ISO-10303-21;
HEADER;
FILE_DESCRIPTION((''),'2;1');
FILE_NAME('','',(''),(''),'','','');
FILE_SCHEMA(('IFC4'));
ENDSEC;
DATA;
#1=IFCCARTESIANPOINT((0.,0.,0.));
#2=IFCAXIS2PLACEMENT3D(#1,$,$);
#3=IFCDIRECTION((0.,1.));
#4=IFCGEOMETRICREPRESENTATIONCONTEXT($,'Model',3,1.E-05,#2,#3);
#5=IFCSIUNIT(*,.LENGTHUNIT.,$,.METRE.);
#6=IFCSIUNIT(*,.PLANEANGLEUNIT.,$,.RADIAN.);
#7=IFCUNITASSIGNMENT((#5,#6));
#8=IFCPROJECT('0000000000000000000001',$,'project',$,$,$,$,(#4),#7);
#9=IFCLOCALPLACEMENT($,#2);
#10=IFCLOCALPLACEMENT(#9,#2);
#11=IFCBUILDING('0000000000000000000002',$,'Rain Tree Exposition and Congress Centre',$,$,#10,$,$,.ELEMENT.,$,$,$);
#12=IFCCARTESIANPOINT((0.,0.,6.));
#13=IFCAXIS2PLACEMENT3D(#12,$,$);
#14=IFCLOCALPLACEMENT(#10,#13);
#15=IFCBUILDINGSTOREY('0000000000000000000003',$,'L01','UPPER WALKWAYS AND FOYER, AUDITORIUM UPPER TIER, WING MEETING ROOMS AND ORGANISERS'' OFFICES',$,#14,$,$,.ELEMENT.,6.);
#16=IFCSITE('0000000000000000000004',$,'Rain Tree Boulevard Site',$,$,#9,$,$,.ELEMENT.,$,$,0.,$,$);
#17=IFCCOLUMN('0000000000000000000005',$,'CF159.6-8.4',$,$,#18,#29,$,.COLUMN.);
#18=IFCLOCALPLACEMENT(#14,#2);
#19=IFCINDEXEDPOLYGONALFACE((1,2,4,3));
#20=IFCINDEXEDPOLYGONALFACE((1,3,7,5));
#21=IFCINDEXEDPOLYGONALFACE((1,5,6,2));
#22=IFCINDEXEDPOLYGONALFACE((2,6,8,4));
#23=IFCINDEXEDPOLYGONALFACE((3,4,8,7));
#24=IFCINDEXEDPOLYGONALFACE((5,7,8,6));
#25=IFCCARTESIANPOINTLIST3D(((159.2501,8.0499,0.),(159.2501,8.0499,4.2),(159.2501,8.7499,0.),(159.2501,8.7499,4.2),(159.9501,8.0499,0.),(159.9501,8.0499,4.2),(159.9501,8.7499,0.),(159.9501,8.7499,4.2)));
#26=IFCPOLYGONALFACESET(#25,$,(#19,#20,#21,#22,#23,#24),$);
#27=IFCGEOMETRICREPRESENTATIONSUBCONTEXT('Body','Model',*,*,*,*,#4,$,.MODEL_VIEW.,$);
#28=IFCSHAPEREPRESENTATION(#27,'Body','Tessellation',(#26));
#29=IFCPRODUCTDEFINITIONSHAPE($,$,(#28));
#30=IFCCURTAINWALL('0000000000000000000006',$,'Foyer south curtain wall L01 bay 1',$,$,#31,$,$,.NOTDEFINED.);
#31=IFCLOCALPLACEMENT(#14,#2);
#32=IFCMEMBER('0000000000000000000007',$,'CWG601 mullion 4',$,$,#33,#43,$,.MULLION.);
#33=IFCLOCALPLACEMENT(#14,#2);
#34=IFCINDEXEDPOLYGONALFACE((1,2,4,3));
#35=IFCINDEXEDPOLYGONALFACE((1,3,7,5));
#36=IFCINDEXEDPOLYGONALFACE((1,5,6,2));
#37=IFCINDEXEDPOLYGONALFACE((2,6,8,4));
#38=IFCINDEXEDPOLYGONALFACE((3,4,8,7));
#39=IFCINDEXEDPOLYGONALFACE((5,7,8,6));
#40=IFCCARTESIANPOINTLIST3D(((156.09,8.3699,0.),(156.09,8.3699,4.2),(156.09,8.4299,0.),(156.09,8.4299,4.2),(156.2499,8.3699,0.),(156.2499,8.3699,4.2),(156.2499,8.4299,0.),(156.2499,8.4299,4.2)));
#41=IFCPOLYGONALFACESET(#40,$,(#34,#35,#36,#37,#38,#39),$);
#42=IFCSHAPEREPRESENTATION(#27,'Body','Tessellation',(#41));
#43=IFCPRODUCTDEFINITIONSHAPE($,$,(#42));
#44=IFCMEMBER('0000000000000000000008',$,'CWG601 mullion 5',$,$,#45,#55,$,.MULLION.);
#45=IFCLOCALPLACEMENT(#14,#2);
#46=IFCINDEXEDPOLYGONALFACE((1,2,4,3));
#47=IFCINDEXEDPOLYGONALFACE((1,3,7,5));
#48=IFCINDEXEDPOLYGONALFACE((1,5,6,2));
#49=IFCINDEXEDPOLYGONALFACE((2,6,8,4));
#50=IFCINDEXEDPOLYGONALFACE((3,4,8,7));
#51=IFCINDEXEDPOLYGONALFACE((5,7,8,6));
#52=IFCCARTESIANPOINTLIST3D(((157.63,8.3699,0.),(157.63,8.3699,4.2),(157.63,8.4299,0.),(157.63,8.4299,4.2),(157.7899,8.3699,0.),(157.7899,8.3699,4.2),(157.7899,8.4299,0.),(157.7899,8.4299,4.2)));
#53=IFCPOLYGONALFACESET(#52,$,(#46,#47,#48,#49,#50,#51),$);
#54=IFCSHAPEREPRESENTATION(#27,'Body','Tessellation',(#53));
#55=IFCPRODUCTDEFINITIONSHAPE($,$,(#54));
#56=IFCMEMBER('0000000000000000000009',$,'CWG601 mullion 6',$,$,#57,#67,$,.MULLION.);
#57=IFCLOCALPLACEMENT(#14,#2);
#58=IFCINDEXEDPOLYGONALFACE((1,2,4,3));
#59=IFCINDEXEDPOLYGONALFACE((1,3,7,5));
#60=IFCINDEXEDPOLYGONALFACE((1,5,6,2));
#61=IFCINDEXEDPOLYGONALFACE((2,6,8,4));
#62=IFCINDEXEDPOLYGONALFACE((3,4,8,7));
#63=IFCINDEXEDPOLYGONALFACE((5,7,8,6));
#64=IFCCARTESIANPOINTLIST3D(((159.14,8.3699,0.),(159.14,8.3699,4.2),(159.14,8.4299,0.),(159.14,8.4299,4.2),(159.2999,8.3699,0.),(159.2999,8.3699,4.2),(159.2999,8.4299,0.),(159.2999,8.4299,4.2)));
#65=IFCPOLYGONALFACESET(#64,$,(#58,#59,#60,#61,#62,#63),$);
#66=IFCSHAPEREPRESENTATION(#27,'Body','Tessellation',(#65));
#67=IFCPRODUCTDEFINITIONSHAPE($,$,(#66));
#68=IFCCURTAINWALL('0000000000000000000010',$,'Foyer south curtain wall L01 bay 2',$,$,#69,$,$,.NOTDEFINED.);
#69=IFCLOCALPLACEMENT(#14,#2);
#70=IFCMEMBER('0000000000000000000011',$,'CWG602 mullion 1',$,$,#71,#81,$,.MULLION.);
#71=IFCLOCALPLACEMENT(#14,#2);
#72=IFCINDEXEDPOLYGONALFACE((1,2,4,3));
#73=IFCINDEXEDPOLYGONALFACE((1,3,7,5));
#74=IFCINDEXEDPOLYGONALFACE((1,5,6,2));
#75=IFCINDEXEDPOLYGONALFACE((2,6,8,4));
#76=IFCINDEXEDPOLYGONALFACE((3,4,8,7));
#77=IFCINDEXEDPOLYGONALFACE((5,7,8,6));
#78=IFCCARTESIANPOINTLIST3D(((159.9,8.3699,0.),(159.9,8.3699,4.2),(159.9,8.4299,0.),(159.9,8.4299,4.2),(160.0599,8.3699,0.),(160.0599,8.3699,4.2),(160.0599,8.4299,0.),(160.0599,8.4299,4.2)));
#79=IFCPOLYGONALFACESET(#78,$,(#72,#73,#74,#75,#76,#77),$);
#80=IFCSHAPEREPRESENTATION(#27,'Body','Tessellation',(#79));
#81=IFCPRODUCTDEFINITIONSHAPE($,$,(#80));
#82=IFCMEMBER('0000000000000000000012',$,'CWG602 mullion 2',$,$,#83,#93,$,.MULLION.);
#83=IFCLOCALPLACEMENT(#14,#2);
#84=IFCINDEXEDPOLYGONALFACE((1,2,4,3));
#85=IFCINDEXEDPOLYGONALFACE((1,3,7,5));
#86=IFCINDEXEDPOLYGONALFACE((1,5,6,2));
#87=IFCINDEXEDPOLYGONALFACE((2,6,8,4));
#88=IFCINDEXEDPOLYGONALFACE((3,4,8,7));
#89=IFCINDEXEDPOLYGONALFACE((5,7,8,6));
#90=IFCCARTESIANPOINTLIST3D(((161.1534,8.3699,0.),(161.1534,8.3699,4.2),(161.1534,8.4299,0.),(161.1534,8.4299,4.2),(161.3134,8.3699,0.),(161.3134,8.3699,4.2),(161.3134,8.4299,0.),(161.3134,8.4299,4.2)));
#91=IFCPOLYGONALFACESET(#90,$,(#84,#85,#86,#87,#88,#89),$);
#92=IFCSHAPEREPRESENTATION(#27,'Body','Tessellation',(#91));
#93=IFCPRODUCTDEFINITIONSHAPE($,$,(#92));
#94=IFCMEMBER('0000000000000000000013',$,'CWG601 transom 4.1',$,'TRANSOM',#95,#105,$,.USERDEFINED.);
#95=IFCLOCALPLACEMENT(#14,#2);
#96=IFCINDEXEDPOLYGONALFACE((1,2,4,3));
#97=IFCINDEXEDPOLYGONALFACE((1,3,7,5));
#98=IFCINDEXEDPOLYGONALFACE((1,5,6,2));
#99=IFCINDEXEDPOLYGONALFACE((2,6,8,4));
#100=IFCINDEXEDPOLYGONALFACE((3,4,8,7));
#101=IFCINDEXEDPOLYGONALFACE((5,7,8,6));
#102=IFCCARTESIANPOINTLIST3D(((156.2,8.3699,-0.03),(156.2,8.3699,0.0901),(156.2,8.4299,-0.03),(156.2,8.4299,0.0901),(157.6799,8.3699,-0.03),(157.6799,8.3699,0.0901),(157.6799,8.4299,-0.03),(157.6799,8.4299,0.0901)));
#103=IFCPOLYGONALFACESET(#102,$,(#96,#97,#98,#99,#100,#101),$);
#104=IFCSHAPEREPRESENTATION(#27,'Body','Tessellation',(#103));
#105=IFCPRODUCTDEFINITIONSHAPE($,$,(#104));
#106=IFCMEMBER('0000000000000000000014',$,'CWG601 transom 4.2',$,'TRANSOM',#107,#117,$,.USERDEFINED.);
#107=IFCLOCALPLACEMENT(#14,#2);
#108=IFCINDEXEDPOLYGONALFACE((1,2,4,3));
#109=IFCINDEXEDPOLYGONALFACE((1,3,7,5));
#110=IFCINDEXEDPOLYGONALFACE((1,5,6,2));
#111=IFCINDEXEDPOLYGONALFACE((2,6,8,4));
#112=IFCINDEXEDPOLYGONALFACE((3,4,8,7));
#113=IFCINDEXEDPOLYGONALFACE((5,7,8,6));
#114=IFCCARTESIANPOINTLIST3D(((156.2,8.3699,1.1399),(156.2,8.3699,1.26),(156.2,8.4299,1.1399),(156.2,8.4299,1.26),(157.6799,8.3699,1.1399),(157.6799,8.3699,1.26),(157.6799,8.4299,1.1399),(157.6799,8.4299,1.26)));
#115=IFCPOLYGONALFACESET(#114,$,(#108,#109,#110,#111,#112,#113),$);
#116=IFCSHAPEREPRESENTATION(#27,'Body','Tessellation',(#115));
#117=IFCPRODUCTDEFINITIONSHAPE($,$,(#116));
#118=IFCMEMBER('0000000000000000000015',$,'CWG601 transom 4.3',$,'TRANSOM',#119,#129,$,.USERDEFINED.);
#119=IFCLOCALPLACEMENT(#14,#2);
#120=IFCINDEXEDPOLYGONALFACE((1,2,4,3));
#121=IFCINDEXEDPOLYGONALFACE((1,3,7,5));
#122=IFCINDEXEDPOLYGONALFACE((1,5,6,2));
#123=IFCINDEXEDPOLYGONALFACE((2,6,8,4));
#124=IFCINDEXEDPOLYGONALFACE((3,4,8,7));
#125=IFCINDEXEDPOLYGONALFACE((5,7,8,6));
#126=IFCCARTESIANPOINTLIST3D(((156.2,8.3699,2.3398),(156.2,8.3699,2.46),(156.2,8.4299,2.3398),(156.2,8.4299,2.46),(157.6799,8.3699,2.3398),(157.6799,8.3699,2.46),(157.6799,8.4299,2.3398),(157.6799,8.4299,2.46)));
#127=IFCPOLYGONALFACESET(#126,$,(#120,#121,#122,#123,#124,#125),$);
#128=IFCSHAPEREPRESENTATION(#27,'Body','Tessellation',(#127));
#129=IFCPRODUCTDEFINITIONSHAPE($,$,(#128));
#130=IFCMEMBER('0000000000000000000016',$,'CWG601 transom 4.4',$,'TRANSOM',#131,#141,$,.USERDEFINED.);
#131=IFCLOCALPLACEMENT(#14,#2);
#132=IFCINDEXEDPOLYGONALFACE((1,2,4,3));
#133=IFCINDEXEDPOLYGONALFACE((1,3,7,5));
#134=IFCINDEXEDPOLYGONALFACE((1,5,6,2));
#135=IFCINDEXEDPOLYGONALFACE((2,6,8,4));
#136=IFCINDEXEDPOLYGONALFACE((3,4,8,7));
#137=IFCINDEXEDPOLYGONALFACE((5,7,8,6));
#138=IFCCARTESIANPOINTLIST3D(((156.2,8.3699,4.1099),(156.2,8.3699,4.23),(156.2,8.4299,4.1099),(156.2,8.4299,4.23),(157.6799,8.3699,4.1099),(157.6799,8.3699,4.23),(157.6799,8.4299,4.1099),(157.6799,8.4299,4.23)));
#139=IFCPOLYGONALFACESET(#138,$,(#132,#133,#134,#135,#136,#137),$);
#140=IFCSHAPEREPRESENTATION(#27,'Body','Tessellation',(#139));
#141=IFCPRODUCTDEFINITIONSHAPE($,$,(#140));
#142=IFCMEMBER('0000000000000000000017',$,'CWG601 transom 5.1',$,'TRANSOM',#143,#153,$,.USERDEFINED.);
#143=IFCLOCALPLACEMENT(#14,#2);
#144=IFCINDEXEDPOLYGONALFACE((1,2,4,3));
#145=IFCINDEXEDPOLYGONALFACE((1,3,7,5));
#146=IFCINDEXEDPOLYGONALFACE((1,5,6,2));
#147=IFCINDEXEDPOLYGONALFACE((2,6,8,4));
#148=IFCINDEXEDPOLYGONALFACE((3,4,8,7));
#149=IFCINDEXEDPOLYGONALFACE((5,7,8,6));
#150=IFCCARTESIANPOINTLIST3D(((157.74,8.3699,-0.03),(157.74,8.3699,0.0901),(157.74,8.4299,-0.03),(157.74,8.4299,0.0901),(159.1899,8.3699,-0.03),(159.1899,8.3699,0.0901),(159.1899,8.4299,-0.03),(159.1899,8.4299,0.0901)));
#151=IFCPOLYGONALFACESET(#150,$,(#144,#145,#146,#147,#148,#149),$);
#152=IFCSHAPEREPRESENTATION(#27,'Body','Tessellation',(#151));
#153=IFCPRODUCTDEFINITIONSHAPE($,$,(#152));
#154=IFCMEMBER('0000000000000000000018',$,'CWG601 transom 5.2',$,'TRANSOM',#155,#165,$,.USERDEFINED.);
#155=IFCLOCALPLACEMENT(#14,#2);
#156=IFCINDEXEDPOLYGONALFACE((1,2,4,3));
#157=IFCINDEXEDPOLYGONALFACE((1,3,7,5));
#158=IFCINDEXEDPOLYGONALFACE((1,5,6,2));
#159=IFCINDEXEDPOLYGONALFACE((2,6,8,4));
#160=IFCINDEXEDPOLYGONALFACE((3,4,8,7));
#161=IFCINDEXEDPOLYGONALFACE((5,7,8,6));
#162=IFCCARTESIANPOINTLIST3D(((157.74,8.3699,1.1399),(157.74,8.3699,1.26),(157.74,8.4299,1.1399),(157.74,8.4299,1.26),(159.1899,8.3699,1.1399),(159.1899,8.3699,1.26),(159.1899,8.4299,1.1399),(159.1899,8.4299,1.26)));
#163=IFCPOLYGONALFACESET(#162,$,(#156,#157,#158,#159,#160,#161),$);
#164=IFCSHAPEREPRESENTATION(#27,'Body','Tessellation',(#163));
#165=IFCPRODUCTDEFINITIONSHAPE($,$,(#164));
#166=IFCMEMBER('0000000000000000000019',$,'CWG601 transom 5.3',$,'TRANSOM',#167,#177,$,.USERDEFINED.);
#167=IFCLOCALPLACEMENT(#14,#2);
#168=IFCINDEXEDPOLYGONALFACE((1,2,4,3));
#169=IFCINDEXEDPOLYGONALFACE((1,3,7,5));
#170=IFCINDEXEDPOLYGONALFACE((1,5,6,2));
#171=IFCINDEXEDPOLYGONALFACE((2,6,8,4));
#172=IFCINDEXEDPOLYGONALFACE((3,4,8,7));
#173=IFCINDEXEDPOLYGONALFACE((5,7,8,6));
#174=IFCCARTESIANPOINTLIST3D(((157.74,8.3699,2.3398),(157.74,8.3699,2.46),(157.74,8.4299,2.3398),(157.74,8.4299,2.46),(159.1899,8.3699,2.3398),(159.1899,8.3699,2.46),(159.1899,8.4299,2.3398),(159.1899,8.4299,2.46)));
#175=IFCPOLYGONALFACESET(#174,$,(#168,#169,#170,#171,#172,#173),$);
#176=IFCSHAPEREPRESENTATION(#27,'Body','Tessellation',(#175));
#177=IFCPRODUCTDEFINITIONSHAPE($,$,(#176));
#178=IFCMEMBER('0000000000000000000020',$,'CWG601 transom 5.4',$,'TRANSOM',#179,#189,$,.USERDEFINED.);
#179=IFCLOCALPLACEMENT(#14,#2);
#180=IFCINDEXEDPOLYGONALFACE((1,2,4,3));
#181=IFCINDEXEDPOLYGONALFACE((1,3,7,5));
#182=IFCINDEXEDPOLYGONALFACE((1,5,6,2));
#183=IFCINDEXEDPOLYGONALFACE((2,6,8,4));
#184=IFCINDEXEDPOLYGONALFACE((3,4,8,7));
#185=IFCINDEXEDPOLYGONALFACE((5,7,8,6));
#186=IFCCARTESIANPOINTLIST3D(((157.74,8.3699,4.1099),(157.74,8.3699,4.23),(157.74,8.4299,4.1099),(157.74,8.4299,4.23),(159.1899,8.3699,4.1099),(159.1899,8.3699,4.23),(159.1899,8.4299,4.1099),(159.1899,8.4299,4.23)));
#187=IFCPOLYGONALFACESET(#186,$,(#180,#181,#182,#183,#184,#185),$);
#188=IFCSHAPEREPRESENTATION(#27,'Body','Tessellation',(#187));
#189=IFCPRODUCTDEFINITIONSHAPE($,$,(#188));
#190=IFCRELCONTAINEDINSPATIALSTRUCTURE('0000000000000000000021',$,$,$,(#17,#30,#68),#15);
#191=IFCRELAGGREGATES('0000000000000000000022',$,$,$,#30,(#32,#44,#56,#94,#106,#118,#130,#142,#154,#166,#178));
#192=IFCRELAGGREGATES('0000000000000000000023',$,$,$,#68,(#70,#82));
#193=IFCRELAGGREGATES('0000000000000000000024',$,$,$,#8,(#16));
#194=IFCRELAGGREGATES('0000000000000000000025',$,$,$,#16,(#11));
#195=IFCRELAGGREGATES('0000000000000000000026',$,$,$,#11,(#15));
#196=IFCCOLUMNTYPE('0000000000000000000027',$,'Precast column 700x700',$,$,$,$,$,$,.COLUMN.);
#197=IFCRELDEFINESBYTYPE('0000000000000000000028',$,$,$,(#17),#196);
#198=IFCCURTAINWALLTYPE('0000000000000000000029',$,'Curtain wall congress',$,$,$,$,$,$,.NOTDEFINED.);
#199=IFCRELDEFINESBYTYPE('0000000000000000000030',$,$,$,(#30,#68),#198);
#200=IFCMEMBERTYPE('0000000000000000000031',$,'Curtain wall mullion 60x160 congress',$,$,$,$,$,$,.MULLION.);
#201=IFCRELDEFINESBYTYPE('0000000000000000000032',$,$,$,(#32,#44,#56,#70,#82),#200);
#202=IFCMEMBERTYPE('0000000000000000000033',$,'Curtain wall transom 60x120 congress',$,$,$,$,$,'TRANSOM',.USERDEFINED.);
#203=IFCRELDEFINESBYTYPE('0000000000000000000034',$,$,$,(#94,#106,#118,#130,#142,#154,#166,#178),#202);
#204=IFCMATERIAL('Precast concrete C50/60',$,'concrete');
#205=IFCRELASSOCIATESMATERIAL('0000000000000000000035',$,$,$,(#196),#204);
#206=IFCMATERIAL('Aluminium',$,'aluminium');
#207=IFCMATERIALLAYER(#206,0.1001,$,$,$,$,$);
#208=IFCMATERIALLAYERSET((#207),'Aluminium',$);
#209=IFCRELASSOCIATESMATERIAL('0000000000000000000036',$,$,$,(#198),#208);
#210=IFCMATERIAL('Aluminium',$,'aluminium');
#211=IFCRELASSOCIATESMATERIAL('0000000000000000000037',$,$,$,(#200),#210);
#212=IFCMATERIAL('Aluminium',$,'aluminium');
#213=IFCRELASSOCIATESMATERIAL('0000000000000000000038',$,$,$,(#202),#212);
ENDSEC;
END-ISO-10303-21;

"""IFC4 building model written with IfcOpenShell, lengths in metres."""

from ifc_helpers import new_model, si_unit, direction, frame, origin, origin_2d, place, context, subcontext, project, spatial, rectangle, extrude, material, layer, layer_set, material_profile, profile_set, type_object, element, aggregate, save


model = new_model("IFC4")

# Units and contexts
model_context = context("Model", 3, precision=1e-05, world=origin(), true_north=direction((0.0, 1.0)))
body_context = subcontext(model_context, "Body", "Model", "MODEL_VIEW")
ifc_project = project(units=[si_unit("LENGTHUNIT", "METRE"), si_unit("PLANEANGLEUNIT", "RADIAN")], contexts=[model_context])

# Site, building, storey
site_placement = place(None, origin())
site = spatial("IfcSite", under=ifc_project, at=site_placement, Name="Rain Tree Boulevard Site", CompositionType="ELEMENT", RefElevation=0.0)
building_placement = place(site_placement, origin())
building = spatial("IfcBuilding", under=site, at=building_placement, Name="Rain Tree Exposition and Congress Centre", CompositionType="ELEMENT")
storey_placement = place(building_placement, frame((0.0, 0.0, 6.0)))
storey = spatial("IfcBuildingStorey", under=building, at=storey_placement, Name="L01", Description="UPPER WALKWAYS AND FOYER, AUDITORIUM UPPER TIER, WING MEETING ROOMS AND ORGANISERS' OFFICES", CompositionType="ELEMENT", Elevation=6.0)

# Column
ifc_material_1 = material(Name="Precast concrete C50/60", Category="concrete")
ifc_material_profile_1 = material_profile(ifc_material_1, rectangle(XDim=0.7, YDim=0.7, at=origin_2d()), Name="RC 700x700")
ifc_profile_set_1 = profile_set([ifc_material_profile_1], Name="Precast concrete C50/60")
column_type = type_object("IfcColumnType", Name="Precast column 700x700", PredefinedType="COLUMN", material=ifc_profile_set_1)
column_placement = place(storey_placement, frame((159.6001, 8.3999, 0.0), z_axis=(0.0, 0.0, 1.0), x_axis=(1.0, 0.0, 0.0)))
element("IfcColumn", 1, at=column_placement, inside=storey, type_object=column_type, Name="CF159.6-8.4", PredefinedType="COLUMN", context=body_context, shape_type="SweptSolid", body=[
    extrude(rectangle(XDim=0.7, YDim=0.7, at=origin_2d()), origin(), (0.0, 0.0, 1.0), 4.2),
])

# Curtain walls, members
ifc_material_2 = material(Name="Aluminium", Category="aluminium")
ifc_layer_1 = layer(ifc_material_2, 0.1001)
ifc_layer_set_1 = layer_set([ifc_layer_1], Name="Aluminium")
curtain_wall_type = type_object("IfcCurtainWallType", Name="Curtain wall congress", PredefinedType="NOTDEFINED", material=ifc_layer_set_1)
curtain_wall_1_placement = place(storey_placement, origin())
curtain_wall_1 = element("IfcCurtainWall", 2, at=curtain_wall_1_placement, inside=storey, type_object=curtain_wall_type, Name="Foyer south curtain wall L01 bay 1", PredefinedType="NOTDEFINED")
ifc_material_3 = material(Name="Aluminium", Category="aluminium")
ifc_material_profile_2 = material_profile(ifc_material_3, rectangle(XDim=0.0601, YDim=0.1599, at=origin_2d()), Name="AL 60x160")
ifc_profile_set_2 = profile_set([ifc_material_profile_2], Name="Aluminium")
member_type_1 = type_object("IfcMemberType", Name="Curtain wall mullion 60x160 congress", PredefinedType="MULLION", material=ifc_profile_set_2)
member_1_placement = place(storey_placement, frame((156.1699, 8.3999, 0.0), z_axis=(0.0, 0.0, 1.0), x_axis=(0.0, 1.0, 0.0)))
member_1 = element("IfcMember", 3, at=member_1_placement, type_object=member_type_1, Name="CWG601 mullion 4", PredefinedType="MULLION", context=body_context, shape_type="SweptSolid", body=[
    extrude(rectangle(XDim=0.0601, YDim=0.1599, at=origin_2d()), origin(), (0.0, 0.0, 1.0), 4.2),
])
member_2_placement = place(storey_placement, frame((157.71, 8.3999, 0.0), z_axis=(0.0, 0.0, 1.0), x_axis=(0.0, 1.0, 0.0)))
member_2 = element("IfcMember", 4, at=member_2_placement, type_object=member_type_1, Name="CWG601 mullion 5", PredefinedType="MULLION", context=body_context, shape_type="SweptSolid", body=[
    extrude(rectangle(XDim=0.0601, YDim=0.1599, at=origin_2d()), origin(), (0.0, 0.0, 1.0), 4.2),
])
member_3_placement = place(storey_placement, frame((159.22, 8.3999, 0.0), z_axis=(0.0, 0.0, 1.0), x_axis=(0.0, 1.0, 0.0)))
member_3 = element("IfcMember", 5, at=member_3_placement, type_object=member_type_1, Name="CWG601 mullion 6", PredefinedType="MULLION", context=body_context, shape_type="SweptSolid", body=[
    extrude(rectangle(XDim=0.0601, YDim=0.1599, at=origin_2d()), origin(), (0.0, 0.0, 1.0), 4.2),
])
curtain_wall_2_placement = place(storey_placement, origin())
curtain_wall_2 = element("IfcCurtainWall", 6, at=curtain_wall_2_placement, inside=storey, type_object=curtain_wall_type, Name="Foyer south curtain wall L01 bay 2", PredefinedType="NOTDEFINED")
member_4_placement = place(storey_placement, frame((159.98, 8.3999, 0.0), z_axis=(0.0, 0.0, 1.0), x_axis=(0.0, 1.0, 0.0)))
member_4 = element("IfcMember", 7, at=member_4_placement, type_object=member_type_1, Name="CWG602 mullion 1", PredefinedType="MULLION", context=body_context, shape_type="SweptSolid", body=[
    extrude(rectangle(XDim=0.0601, YDim=0.1599, at=origin_2d()), origin(), (0.0, 0.0, 1.0), 4.2),
])
member_5_placement = place(storey_placement, frame((161.2334, 8.3999, 0.0), z_axis=(0.0, 0.0, 1.0), x_axis=(0.0, 1.0, 0.0)))
member_5 = element("IfcMember", 8, at=member_5_placement, type_object=member_type_1, Name="CWG602 mullion 2", PredefinedType="MULLION", context=body_context, shape_type="SweptSolid", body=[
    extrude(rectangle(XDim=0.0601, YDim=0.1599, at=origin_2d()), origin(), (0.0, 0.0, 1.0), 4.2),
])

# Members
ifc_material_4 = material(Name="Aluminium", Category="aluminium")
ifc_material_profile_3 = material_profile(ifc_material_4, rectangle(XDim=0.0601, YDim=0.1201, at=origin_2d()), Name="AL 60x120")
ifc_profile_set_3 = profile_set([ifc_material_profile_3], Name="Aluminium")
member_type_2 = type_object("IfcMemberType", Name="Curtain wall transom 60x120 congress", ElementType="TRANSOM", PredefinedType="USERDEFINED", material=ifc_profile_set_3)
member_6_placement = place(storey_placement, frame((156.2, 8.3999, 0.03), z_axis=(1.0, 0.0, 0.0), x_axis=(0.0, 1.0, 0.0)))
member_6 = element("IfcMember", 9, at=member_6_placement, type_object=member_type_2, Name="CWG601 transom 4.1", ObjectType="TRANSOM", PredefinedType="USERDEFINED", context=body_context, shape_type="SweptSolid", body=[
    extrude(rectangle(XDim=0.0601, YDim=0.1201, at=origin_2d()), origin(), (0.0, 0.0, 1.0), 1.48),
])
member_7_placement = place(storey_placement, frame((156.2, 8.3999, 1.2), z_axis=(1.0, 0.0, 0.0), x_axis=(0.0, 1.0, 0.0)))
member_7 = element("IfcMember", 10, at=member_7_placement, type_object=member_type_2, Name="CWG601 transom 4.2", ObjectType="TRANSOM", PredefinedType="USERDEFINED", context=body_context, shape_type="SweptSolid", body=[
    extrude(rectangle(XDim=0.0601, YDim=0.1201, at=origin_2d()), origin(), (0.0, 0.0, 1.0), 1.48),
])
member_8_placement = place(storey_placement, frame((156.2, 8.3999, 2.3999), z_axis=(1.0, 0.0, 0.0), x_axis=(0.0, 1.0, 0.0)))
member_8 = element("IfcMember", 11, at=member_8_placement, type_object=member_type_2, Name="CWG601 transom 4.3", ObjectType="TRANSOM", PredefinedType="USERDEFINED", context=body_context, shape_type="SweptSolid", body=[
    extrude(rectangle(XDim=0.0601, YDim=0.1201, at=origin_2d()), origin(), (0.0, 0.0, 1.0), 1.48),
])
member_9_placement = place(storey_placement, frame((156.2, 8.3999, 4.1699), z_axis=(1.0, 0.0, 0.0), x_axis=(0.0, 1.0, 0.0)))
member_9 = element("IfcMember", 12, at=member_9_placement, type_object=member_type_2, Name="CWG601 transom 4.4", ObjectType="TRANSOM", PredefinedType="USERDEFINED", context=body_context, shape_type="SweptSolid", body=[
    extrude(rectangle(XDim=0.0601, YDim=0.1201, at=origin_2d()), origin(), (0.0, 0.0, 1.0), 1.48),
])
member_10_placement = place(storey_placement, frame((157.74, 8.3999, 0.03), z_axis=(1.0, 0.0, 0.0), x_axis=(0.0, 1.0, 0.0)))
member_10 = element("IfcMember", 13, at=member_10_placement, type_object=member_type_2, Name="CWG601 transom 5.1", ObjectType="TRANSOM", PredefinedType="USERDEFINED", context=body_context, shape_type="SweptSolid", body=[
    extrude(rectangle(XDim=0.0601, YDim=0.1201, at=origin_2d()), origin(), (0.0, 0.0, 1.0), 1.45),
])
member_11_placement = place(storey_placement, frame((157.74, 8.3999, 1.2), z_axis=(1.0, 0.0, 0.0), x_axis=(0.0, 1.0, 0.0)))
member_11 = element("IfcMember", 14, at=member_11_placement, type_object=member_type_2, Name="CWG601 transom 5.2", ObjectType="TRANSOM", PredefinedType="USERDEFINED", context=body_context, shape_type="SweptSolid", body=[
    extrude(rectangle(XDim=0.0601, YDim=0.1201, at=origin_2d()), origin(), (0.0, 0.0, 1.0), 1.45),
])
member_12_placement = place(storey_placement, frame((157.74, 8.3999, 2.3999), z_axis=(1.0, 0.0, 0.0), x_axis=(0.0, 1.0, 0.0)))
member_12 = element("IfcMember", 15, at=member_12_placement, type_object=member_type_2, Name="CWG601 transom 5.3", ObjectType="TRANSOM", PredefinedType="USERDEFINED", context=body_context, shape_type="SweptSolid", body=[
    extrude(rectangle(XDim=0.0601, YDim=0.1201, at=origin_2d()), origin(), (0.0, 0.0, 1.0), 1.45),
])
member_13_placement = place(storey_placement, frame((157.74, 8.3999, 4.1699), z_axis=(1.0, 0.0, 0.0), x_axis=(0.0, 1.0, 0.0)))
member_13 = element("IfcMember", 16, at=member_13_placement, type_object=member_type_2, Name="CWG601 transom 5.4", ObjectType="TRANSOM", PredefinedType="USERDEFINED", context=body_context, shape_type="SweptSolid", body=[
    extrude(rectangle(XDim=0.0601, YDim=0.1201, at=origin_2d()), origin(), (0.0, 0.0, 1.0), 1.45),
])

aggregate(curtain_wall_1, [member_1, member_2, member_3, member_6, member_7, member_8, member_9, member_10, member_11, member_12, member_13])
aggregate(curtain_wall_2, [member_4, member_5])

save(model, "model.ifc")
